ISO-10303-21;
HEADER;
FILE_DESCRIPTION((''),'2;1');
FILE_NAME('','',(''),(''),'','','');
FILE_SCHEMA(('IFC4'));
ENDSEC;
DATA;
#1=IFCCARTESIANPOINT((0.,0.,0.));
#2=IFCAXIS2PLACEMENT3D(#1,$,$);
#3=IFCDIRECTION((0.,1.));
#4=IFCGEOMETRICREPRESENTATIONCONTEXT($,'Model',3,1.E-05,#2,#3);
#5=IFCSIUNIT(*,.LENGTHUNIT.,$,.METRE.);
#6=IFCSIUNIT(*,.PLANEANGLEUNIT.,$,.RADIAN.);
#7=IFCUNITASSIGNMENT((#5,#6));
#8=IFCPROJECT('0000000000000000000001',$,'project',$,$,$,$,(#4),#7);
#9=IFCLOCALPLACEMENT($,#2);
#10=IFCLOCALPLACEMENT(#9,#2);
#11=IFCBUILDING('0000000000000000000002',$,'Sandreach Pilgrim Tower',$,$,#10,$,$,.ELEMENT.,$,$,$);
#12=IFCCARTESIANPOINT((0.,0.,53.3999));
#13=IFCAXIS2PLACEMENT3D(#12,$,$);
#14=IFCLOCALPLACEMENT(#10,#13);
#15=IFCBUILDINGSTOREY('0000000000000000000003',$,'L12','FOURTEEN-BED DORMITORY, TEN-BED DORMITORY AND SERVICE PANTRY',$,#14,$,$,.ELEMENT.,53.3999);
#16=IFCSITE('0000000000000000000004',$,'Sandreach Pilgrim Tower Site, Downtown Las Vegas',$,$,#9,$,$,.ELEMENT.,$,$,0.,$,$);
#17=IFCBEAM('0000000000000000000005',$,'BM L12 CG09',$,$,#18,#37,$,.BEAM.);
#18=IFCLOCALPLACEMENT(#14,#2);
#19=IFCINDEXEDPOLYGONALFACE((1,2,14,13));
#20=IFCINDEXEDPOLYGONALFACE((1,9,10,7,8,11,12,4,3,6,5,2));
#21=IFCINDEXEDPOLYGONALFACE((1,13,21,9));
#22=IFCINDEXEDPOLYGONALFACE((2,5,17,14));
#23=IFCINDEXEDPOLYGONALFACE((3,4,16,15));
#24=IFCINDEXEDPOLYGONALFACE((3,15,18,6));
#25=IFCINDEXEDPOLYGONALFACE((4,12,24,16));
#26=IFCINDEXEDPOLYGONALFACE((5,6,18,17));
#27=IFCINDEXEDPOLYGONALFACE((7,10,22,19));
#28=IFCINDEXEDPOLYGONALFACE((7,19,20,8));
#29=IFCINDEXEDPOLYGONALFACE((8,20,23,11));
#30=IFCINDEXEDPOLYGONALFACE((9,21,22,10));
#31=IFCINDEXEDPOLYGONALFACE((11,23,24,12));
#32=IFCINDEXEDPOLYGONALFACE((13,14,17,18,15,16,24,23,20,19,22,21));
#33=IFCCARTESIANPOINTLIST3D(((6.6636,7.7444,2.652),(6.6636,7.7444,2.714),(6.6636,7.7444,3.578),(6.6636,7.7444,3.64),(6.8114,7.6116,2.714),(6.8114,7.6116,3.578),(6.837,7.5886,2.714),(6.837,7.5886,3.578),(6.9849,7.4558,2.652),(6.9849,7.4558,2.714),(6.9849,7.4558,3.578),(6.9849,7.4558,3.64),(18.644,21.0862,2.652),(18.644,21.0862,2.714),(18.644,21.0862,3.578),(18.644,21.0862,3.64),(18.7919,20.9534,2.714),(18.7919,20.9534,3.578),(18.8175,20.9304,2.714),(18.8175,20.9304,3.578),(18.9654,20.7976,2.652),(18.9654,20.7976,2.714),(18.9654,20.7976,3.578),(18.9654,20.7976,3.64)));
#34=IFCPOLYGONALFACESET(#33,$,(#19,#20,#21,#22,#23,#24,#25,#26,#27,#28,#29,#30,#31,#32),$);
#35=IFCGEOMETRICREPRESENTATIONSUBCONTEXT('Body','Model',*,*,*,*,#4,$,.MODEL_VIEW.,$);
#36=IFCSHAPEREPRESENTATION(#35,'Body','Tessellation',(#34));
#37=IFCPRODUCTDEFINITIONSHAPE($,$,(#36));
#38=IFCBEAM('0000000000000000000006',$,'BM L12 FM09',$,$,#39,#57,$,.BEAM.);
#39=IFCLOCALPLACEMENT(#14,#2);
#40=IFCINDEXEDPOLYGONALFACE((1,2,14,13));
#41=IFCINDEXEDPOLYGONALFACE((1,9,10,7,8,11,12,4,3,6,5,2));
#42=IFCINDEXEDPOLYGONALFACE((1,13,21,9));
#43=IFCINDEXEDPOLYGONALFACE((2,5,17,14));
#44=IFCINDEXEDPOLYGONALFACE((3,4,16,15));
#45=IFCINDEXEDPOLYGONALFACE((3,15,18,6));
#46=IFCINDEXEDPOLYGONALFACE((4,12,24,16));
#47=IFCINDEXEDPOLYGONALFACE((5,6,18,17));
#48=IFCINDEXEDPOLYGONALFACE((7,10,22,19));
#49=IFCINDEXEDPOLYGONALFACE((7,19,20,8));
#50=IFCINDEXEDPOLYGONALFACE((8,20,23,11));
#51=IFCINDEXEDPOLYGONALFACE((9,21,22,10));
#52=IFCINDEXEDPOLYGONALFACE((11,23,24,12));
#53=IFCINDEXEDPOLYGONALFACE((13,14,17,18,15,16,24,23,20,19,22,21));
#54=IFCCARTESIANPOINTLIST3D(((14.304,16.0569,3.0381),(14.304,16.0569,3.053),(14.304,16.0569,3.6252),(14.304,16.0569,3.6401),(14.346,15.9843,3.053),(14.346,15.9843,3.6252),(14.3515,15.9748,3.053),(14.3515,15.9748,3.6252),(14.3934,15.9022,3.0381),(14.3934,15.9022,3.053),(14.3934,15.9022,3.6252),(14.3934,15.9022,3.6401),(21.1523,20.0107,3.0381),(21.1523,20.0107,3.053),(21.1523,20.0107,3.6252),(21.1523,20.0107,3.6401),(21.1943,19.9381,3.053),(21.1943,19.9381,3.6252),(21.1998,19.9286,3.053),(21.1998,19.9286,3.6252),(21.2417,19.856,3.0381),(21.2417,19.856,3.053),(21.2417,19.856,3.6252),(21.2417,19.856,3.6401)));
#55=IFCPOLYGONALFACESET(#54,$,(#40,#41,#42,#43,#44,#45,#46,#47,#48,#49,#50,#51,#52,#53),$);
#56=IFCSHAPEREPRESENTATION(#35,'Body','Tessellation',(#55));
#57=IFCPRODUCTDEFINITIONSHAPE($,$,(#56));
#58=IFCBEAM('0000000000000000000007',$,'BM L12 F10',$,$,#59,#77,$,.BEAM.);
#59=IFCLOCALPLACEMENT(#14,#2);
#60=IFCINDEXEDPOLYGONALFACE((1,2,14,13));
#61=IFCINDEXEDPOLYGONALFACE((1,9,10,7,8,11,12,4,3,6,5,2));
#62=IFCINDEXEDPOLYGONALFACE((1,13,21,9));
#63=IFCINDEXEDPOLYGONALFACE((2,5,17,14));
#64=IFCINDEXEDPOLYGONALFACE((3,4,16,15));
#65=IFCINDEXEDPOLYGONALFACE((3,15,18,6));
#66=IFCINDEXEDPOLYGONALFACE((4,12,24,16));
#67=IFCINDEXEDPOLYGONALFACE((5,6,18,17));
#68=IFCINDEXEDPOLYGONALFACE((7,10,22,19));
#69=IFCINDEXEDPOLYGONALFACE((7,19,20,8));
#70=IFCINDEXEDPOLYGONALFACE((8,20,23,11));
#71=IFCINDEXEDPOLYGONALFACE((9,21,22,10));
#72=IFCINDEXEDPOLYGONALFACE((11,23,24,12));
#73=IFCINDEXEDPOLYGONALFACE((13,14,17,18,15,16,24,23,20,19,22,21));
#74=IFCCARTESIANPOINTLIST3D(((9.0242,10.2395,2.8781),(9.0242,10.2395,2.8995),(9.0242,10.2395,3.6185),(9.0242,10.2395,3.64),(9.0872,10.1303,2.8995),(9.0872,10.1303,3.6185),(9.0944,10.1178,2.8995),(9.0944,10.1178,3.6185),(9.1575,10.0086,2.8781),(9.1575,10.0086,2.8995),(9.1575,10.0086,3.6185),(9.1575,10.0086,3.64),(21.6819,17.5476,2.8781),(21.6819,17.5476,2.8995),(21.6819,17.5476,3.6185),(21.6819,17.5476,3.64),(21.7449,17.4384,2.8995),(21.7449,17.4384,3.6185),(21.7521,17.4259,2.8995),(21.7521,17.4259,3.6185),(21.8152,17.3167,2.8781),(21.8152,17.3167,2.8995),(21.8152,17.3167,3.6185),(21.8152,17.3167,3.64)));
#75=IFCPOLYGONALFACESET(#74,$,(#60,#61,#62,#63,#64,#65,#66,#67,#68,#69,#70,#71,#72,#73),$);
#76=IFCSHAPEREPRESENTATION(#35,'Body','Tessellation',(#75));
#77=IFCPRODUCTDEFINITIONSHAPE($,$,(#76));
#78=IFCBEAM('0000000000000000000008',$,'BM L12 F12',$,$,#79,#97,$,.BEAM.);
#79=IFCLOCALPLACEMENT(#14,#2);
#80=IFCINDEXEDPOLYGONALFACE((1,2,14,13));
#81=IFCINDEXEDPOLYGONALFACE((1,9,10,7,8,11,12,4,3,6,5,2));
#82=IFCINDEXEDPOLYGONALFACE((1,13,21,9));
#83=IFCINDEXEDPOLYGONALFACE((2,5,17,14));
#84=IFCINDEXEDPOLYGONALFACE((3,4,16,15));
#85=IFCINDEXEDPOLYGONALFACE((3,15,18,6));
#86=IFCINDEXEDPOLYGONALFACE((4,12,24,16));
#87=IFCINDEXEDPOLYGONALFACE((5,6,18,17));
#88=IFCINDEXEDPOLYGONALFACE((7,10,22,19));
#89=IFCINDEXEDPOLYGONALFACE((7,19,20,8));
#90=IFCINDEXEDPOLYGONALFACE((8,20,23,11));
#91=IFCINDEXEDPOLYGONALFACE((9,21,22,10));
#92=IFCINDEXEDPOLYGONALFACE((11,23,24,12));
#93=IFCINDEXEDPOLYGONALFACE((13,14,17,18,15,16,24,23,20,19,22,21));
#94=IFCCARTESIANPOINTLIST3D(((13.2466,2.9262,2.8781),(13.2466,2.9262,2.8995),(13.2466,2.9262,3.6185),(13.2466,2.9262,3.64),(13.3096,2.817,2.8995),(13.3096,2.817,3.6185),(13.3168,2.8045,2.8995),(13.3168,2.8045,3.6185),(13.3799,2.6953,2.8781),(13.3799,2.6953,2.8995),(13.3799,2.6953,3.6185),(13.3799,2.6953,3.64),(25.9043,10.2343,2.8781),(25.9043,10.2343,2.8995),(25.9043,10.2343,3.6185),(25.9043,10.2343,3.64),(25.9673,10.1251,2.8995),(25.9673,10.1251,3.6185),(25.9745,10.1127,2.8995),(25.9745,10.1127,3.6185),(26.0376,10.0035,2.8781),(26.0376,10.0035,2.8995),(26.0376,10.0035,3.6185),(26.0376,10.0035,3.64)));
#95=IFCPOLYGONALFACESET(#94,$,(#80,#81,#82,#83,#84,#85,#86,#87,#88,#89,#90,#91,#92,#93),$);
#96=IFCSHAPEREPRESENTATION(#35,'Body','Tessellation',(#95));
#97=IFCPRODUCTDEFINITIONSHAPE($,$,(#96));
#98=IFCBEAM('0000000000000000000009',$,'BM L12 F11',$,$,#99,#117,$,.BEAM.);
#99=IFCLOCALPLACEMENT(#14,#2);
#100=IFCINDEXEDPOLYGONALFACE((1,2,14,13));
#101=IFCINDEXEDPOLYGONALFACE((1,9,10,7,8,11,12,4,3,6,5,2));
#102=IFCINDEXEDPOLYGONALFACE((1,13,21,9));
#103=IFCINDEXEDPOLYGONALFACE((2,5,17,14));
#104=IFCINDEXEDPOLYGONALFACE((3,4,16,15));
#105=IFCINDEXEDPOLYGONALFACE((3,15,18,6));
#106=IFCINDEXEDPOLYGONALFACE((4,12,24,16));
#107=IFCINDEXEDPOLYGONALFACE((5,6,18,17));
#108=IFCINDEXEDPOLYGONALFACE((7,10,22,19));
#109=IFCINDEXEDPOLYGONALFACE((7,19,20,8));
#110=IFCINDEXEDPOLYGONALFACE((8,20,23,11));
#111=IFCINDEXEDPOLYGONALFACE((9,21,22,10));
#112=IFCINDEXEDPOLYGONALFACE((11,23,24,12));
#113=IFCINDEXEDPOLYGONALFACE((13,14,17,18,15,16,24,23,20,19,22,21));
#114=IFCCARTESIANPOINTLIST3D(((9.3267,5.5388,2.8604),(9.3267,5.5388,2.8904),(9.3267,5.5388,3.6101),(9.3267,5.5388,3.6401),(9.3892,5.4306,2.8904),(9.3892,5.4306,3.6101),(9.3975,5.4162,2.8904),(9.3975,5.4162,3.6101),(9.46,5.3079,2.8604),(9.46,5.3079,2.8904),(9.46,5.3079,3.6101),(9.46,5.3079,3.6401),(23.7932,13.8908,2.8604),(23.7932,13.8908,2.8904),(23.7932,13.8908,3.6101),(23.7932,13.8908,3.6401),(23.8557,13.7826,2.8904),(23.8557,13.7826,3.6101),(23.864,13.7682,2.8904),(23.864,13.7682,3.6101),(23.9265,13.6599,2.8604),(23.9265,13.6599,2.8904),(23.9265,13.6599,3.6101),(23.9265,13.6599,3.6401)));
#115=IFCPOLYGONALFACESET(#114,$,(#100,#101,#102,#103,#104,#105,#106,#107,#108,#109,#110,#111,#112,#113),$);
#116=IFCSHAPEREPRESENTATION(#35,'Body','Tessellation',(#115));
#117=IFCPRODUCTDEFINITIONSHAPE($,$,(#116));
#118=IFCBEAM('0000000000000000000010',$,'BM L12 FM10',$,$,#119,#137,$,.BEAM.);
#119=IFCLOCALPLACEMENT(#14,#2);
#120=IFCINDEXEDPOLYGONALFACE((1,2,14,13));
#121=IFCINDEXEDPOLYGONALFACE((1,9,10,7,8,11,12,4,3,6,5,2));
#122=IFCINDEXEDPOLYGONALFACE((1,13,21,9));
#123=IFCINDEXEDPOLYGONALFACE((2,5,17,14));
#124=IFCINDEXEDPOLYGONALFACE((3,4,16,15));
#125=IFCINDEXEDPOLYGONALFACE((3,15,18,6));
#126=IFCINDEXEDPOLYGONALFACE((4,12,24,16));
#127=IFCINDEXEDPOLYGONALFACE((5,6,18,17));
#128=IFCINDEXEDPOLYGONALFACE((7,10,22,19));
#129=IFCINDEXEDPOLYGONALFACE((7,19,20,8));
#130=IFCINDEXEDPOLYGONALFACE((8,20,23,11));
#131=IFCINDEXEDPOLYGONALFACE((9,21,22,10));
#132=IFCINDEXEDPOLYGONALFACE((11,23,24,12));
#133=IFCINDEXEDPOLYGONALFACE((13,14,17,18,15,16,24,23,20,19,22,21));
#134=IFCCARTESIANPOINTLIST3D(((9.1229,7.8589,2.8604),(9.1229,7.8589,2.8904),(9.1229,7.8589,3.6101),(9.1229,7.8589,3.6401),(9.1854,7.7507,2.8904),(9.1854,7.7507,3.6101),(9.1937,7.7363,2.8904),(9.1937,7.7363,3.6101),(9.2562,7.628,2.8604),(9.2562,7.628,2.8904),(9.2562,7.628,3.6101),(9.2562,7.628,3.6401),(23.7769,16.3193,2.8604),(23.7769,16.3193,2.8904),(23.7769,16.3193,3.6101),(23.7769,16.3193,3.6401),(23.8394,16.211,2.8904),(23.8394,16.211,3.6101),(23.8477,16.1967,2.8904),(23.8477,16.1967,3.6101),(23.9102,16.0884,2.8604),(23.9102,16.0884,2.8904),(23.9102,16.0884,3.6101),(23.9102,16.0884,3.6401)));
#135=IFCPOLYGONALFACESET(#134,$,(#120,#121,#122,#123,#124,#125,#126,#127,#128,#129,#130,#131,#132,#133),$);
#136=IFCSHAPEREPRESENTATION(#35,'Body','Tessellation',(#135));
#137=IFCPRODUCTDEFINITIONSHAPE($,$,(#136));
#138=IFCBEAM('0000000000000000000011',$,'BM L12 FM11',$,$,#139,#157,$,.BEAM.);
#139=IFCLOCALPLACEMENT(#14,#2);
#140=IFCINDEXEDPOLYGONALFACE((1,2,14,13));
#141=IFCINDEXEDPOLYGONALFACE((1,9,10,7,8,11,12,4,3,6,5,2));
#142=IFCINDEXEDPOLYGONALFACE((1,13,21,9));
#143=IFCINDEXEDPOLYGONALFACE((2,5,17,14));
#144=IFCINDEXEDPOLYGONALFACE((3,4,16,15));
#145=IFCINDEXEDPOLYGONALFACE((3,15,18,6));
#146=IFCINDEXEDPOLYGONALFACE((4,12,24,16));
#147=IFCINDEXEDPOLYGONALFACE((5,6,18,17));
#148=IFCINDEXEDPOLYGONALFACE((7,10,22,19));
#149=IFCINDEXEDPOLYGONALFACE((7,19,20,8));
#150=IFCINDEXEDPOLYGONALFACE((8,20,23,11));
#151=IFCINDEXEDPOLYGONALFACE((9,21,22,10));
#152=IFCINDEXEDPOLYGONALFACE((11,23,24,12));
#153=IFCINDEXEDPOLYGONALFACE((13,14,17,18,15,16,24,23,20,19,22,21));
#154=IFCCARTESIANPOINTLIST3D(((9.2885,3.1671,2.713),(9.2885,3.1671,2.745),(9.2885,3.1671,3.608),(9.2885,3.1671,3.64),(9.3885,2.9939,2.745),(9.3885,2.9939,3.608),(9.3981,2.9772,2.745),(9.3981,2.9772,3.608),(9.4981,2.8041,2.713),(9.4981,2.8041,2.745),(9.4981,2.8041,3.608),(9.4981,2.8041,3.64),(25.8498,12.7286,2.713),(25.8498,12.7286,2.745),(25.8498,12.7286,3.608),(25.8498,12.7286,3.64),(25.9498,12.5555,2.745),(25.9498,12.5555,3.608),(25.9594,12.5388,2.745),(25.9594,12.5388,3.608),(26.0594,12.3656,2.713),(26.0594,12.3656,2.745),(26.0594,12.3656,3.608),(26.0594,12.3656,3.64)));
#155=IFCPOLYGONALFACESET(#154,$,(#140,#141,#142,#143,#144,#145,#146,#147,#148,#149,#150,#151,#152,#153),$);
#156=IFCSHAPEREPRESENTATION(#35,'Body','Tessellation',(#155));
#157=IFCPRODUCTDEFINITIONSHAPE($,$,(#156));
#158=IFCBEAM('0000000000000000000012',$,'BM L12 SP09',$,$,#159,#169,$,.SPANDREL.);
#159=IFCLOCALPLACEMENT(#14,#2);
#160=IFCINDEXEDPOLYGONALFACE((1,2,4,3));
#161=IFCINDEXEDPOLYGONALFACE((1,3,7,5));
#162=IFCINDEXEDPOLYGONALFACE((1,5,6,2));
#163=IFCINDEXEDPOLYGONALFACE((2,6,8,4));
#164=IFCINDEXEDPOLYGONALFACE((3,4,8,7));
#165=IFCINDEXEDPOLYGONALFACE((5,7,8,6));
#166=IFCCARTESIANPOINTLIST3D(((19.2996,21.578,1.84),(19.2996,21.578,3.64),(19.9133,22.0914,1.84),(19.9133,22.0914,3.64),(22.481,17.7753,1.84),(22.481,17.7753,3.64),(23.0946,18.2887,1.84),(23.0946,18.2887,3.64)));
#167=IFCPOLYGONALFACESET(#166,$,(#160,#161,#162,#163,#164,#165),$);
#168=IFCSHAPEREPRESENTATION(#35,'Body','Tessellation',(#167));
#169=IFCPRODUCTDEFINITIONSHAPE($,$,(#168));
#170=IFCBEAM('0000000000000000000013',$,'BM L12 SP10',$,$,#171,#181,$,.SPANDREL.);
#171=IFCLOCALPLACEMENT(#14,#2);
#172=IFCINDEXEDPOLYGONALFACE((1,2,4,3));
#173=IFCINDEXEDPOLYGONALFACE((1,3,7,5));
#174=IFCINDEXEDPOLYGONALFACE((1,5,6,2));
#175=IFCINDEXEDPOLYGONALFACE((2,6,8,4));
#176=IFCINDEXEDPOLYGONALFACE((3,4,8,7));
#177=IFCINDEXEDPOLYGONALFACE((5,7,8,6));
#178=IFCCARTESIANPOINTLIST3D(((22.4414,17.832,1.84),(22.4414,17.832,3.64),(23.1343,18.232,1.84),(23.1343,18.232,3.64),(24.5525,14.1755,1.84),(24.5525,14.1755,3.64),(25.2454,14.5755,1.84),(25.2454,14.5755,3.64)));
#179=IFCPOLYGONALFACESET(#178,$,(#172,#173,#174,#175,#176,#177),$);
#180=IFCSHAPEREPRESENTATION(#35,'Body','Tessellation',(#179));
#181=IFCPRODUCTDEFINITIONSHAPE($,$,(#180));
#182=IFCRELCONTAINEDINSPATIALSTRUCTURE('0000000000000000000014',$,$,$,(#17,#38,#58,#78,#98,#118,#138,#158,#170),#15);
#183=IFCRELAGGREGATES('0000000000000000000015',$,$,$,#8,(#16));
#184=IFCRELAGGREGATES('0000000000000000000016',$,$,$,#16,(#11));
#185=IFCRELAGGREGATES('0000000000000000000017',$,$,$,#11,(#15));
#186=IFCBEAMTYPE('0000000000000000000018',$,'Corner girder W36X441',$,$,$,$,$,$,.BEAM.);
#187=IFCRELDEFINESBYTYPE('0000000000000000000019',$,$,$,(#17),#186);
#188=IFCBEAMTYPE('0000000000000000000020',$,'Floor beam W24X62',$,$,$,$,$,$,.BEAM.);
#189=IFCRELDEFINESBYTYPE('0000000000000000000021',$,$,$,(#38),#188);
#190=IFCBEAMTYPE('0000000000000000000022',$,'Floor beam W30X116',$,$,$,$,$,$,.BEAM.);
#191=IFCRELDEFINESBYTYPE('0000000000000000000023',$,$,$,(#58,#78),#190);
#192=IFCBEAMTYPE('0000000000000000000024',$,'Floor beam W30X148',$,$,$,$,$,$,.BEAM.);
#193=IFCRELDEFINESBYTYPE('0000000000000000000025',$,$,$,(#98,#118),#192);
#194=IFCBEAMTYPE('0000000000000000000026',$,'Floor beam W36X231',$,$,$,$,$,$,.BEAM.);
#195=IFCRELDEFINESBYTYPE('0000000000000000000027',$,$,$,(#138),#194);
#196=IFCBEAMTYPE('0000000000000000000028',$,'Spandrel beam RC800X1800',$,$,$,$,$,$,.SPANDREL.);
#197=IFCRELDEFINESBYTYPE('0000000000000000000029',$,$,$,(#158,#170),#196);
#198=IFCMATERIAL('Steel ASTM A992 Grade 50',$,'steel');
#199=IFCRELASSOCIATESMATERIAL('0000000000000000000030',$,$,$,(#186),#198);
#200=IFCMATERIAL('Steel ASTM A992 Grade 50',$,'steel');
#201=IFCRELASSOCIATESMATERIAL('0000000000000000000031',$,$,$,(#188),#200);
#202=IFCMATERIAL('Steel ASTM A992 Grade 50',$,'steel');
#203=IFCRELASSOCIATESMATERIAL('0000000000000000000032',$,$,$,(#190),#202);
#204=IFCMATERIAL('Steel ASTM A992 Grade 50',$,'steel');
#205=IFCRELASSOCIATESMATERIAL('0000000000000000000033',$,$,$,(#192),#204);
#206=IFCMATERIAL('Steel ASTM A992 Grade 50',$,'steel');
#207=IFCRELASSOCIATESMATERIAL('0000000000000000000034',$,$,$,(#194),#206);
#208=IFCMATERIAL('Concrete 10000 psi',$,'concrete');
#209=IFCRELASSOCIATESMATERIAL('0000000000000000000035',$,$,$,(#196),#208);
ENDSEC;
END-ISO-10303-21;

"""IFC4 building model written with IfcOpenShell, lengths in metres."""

from ifc_helpers import new_model, si_unit, direction, frame, origin, origin_2d, place, context, subcontext, project, spatial, rectangle, i_section, extrude, material, material_profile, profile_set, type_object, element, save


model = new_model("IFC4")

# Units and contexts
model_context = context("Model", 3, precision=1e-05, world=origin(), true_north=direction((0.0, 1.0)))
body_context = subcontext(model_context, "Body", "Model", "MODEL_VIEW")
ifc_project = project(units=[si_unit("LENGTHUNIT", "METRE"), si_unit("PLANEANGLEUNIT", "RADIAN")], contexts=[model_context])

# Site, building, storey
site_placement = place(None, origin())
site = spatial("IfcSite", under=ifc_project, at=site_placement, Name="Sandreach Pilgrim Tower Site, Downtown Las Vegas", CompositionType="ELEMENT", RefElevation=0.0)
building_placement = place(site_placement, origin())
building = spatial("IfcBuilding", under=site, at=building_placement, Name="Sandreach Pilgrim Tower", CompositionType="ELEMENT")
storey_placement = place(building_placement, frame((0.0, 0.0, 53.3999)))
storey = spatial("IfcBuildingStorey", under=building, at=storey_placement, Name="L12", Description="FOURTEEN-BED DORMITORY, TEN-BED DORMITORY AND SERVICE PANTRY", CompositionType="ELEMENT", Elevation=53.3999)

# Beams
ifc_material_1 = material(Name="Steel ASTM A992 Grade 50", Category="steel")
ifc_material_profile_1 = material_profile(ifc_material_1, i_section(OverallWidth=0.4319, OverallDepth=0.988, WebThickness=0.0344, FlangeThickness=0.062, at=origin_2d()), Name="W36X441")
ifc_profile_set_1 = profile_set([ifc_material_profile_1], Name="Steel ASTM A992 Grade 50")
beam_type_1 = type_object("IfcBeamType", Name="Corner girder W36X441", PredefinedType="BEAM", material=ifc_profile_set_1)
beam_1_placement = place(storey_placement, frame((18.8047, 20.9419, 3.146), z_axis=(-0.668128, -0.744047, 0.0), x_axis=(0.744047, -0.668128, 0.0)))
element("IfcBeam", 1, at=beam_1_placement, inside=storey, type_object=beam_type_1, Name="BM L12 CG09", PredefinedType="BEAM", context=body_context, shape_type="SweptSolid", body=[
    extrude(i_section(OverallWidth=0.4319, OverallDepth=0.988, WebThickness=0.0344, FlangeThickness=0.062, at=origin_2d()), origin(), (0.0, 0.0, 1.0), 17.9314),
])
ifc_material_2 = material(Name="Steel ASTM A992 Grade 50", Category="steel")
ifc_material_profile_2 = material_profile(ifc_material_2, i_section(OverallWidth=0.1787, OverallDepth=0.6021, WebThickness=0.011, FlangeThickness=0.0149, at=origin_2d()), Name="W24X62")
ifc_profile_set_2 = profile_set([ifc_material_profile_2], Name="Steel ASTM A992 Grade 50")
beam_type_2 = type_object("IfcBeamType", Name="Floor beam W24X62", PredefinedType="BEAM", material=ifc_profile_set_2)
beam_2_placement = place(storey_placement, frame((21.197, 19.9333, 3.3391), z_axis=(-0.866029, -0.499994, 0.0), x_axis=(0.499994, -0.866029, 0.0)))
element("IfcBeam", 2, at=beam_2_placement, inside=storey, type_object=beam_type_2, Name="BM L12 FM09", PredefinedType="BEAM", context=body_context, shape_type="SweptSolid", body=[
    extrude(i_section(OverallWidth=0.1787, OverallDepth=0.6021, WebThickness=0.011, FlangeThickness=0.0149, at=origin_2d()), origin(), (0.0, 0.0, 1.0), 7.9077),
])
ifc_material_3 = material(Name="Steel ASTM A992 Grade 50", Category="steel")
ifc_material_profile_3 = material_profile(ifc_material_3, i_section(OverallWidth=0.2666, OverallDepth=0.762, WebThickness=0.0144, FlangeThickness=0.0215, at=origin_2d()), Name="W30X116")
ifc_profile_set_3 = profile_set([ifc_material_profile_3], Name="Steel ASTM A992 Grade 50")
beam_type_3 = type_object("IfcBeamType", Name="Floor beam W30X116", PredefinedType="BEAM", material=ifc_profile_set_3)
for number, where, z_axis, x_axis, name in (
    (3, (21.7485, 17.4321, 3.259), (-0.86602, -0.500009, 0.0), (0.500009, -0.86602, 0.0), "BM L12 F10"),
    (4, (25.9709, 10.1189, 3.259), (-0.86602, -0.500009, 0.0), (0.500009, -0.86602, 0.0), "BM L12 F12"),
):
    element("IfcBeam", number, at=place(storey_placement, frame(where, z_axis=z_axis, x_axis=x_axis)), inside=storey, type_object=beam_type_3, Name=name, PredefinedType="BEAM", context=body_context, shape_type="SweptSolid", body=[
        extrude(i_section(OverallWidth=0.2666, OverallDepth=0.762, WebThickness=0.0144, FlangeThickness=0.0215, at=origin_2d()), origin(), (0.0, 0.0, 1.0), 14.616),
    ])
ifc_material_4 = material(Name="Steel ASTM A992 Grade 50", Category="steel")
ifc_material_profile_4 = material_profile(ifc_material_4, i_section(OverallWidth=0.2666, OverallDepth=0.7798, WebThickness=0.0166, FlangeThickness=0.03, at=origin_2d()), Name="W30X148")
ifc_profile_set_4 = profile_set([ifc_material_profile_4], Name="Steel ASTM A992 Grade 50")
beam_type_4 = type_object("IfcBeamType", Name="Floor beam W30X148", PredefinedType="BEAM", material=ifc_profile_set_4)
beam_3_placement = place(storey_placement, frame((23.8599, 13.7754, 3.2502), z_axis=(-0.866031, -0.49999, 0.0), x_axis=(0.49999, -0.866031, 0.0)))
element("IfcBeam", 5, at=beam_3_placement, inside=storey, type_object=beam_type_4, Name="BM L12 F11", PredefinedType="BEAM", context=body_context, shape_type="SweptSolid", body=[
    extrude(i_section(OverallWidth=0.2666, OverallDepth=0.7798, WebThickness=0.0166, FlangeThickness=0.03, at=origin_2d()), origin(), (0.0, 0.0, 1.0), 16.7043),
])
beam_4_placement = place(storey_placement, frame((23.8435, 16.2039, 3.2502), z_axis=(-0.866027, -0.499997, 0.0), x_axis=(0.499997, -0.866027, 0.0)))
element("IfcBeam", 6, at=beam_4_placement, inside=storey, type_object=beam_type_4, Name="BM L12 FM10", PredefinedType="BEAM", context=body_context, shape_type="SweptSolid", body=[
    extrude(i_section(OverallWidth=0.2666, OverallDepth=0.7798, WebThickness=0.0166, FlangeThickness=0.03, at=origin_2d()), origin(), (0.0, 0.0, 1.0), 16.9209),
])
ifc_material_5 = material(Name="Steel ASTM A992 Grade 50", Category="steel")
ifc_material_profile_5 = material_profile(ifc_material_5, i_section(OverallWidth=0.4192, OverallDepth=0.927, WebThickness=0.0193, FlangeThickness=0.032, at=origin_2d()), Name="W36X231")
ifc_profile_set_5 = profile_set([ifc_material_profile_5], Name="Steel ASTM A992 Grade 50")
beam_type_5 = type_object("IfcBeamType", Name="Floor beam W36X231", PredefinedType="BEAM", material=ifc_profile_set_5)
beam_5_placement = place(storey_placement, frame((25.9546, 12.5471, 3.1765), z_axis=(-0.866028, -0.499995, 0.0), x_axis=(0.499995, -0.866028, 0.0)))
element("IfcBeam", 7, at=beam_5_placement, inside=storey, type_object=beam_type_5, Name="BM L12 FM11", PredefinedType="BEAM", context=body_context, shape_type="SweptSolid", body=[
    extrude(i_section(OverallWidth=0.4192, OverallDepth=0.927, WebThickness=0.0193, FlangeThickness=0.032, at=origin_2d()), origin(), (0.0, 0.0, 1.0), 19.1233),
])
ifc_material_6 = material(Name="Concrete 10000 psi", Category="concrete")
ifc_material_profile_6 = material_profile(ifc_material_6, rectangle(XDim=0.8, YDim=1.8, at=origin_2d()), Name="RC800X1800")
ifc_profile_set_6 = profile_set([ifc_material_profile_6], Name="Concrete 10000 psi")
beam_type_6 = type_object("IfcBeamType", Name="Spandrel beam RC800X1800", PredefinedType="SPANDREL", material=ifc_profile_set_6)
beam_6_placement = place(storey_placement, frame((19.6064, 21.8347, 2.74), z_axis=(0.641665, -0.766985, 0.0), x_axis=(0.766985, 0.641665, 0.0)))
element("IfcBeam", 8, at=beam_6_placement, inside=storey, type_object=beam_type_6, Name="BM L12 SP09", PredefinedType="SPANDREL", context=body_context, shape_type="SweptSolid", body=[
    extrude(rectangle(XDim=0.8, YDim=1.8, at=origin_2d()), origin(), (0.0, 0.0, 1.0), 4.958),
])
beam_7_placement = place(storey_placement, frame((22.7878, 18.032, 2.74), z_axis=(0.500001, -0.866025, 0.0), x_axis=(0.866025, 0.500001, 0.0)))
element("IfcBeam", 9, at=beam_7_placement, inside=storey, type_object=beam_type_6, Name="BM L12 SP10", PredefinedType="SPANDREL", context=body_context, shape_type="SweptSolid", body=[
    extrude(rectangle(XDim=0.8, YDim=1.8, at=origin_2d()), origin(), (0.0, 0.0, 1.0), 4.2222),
])

save(model, "model.ifc")
